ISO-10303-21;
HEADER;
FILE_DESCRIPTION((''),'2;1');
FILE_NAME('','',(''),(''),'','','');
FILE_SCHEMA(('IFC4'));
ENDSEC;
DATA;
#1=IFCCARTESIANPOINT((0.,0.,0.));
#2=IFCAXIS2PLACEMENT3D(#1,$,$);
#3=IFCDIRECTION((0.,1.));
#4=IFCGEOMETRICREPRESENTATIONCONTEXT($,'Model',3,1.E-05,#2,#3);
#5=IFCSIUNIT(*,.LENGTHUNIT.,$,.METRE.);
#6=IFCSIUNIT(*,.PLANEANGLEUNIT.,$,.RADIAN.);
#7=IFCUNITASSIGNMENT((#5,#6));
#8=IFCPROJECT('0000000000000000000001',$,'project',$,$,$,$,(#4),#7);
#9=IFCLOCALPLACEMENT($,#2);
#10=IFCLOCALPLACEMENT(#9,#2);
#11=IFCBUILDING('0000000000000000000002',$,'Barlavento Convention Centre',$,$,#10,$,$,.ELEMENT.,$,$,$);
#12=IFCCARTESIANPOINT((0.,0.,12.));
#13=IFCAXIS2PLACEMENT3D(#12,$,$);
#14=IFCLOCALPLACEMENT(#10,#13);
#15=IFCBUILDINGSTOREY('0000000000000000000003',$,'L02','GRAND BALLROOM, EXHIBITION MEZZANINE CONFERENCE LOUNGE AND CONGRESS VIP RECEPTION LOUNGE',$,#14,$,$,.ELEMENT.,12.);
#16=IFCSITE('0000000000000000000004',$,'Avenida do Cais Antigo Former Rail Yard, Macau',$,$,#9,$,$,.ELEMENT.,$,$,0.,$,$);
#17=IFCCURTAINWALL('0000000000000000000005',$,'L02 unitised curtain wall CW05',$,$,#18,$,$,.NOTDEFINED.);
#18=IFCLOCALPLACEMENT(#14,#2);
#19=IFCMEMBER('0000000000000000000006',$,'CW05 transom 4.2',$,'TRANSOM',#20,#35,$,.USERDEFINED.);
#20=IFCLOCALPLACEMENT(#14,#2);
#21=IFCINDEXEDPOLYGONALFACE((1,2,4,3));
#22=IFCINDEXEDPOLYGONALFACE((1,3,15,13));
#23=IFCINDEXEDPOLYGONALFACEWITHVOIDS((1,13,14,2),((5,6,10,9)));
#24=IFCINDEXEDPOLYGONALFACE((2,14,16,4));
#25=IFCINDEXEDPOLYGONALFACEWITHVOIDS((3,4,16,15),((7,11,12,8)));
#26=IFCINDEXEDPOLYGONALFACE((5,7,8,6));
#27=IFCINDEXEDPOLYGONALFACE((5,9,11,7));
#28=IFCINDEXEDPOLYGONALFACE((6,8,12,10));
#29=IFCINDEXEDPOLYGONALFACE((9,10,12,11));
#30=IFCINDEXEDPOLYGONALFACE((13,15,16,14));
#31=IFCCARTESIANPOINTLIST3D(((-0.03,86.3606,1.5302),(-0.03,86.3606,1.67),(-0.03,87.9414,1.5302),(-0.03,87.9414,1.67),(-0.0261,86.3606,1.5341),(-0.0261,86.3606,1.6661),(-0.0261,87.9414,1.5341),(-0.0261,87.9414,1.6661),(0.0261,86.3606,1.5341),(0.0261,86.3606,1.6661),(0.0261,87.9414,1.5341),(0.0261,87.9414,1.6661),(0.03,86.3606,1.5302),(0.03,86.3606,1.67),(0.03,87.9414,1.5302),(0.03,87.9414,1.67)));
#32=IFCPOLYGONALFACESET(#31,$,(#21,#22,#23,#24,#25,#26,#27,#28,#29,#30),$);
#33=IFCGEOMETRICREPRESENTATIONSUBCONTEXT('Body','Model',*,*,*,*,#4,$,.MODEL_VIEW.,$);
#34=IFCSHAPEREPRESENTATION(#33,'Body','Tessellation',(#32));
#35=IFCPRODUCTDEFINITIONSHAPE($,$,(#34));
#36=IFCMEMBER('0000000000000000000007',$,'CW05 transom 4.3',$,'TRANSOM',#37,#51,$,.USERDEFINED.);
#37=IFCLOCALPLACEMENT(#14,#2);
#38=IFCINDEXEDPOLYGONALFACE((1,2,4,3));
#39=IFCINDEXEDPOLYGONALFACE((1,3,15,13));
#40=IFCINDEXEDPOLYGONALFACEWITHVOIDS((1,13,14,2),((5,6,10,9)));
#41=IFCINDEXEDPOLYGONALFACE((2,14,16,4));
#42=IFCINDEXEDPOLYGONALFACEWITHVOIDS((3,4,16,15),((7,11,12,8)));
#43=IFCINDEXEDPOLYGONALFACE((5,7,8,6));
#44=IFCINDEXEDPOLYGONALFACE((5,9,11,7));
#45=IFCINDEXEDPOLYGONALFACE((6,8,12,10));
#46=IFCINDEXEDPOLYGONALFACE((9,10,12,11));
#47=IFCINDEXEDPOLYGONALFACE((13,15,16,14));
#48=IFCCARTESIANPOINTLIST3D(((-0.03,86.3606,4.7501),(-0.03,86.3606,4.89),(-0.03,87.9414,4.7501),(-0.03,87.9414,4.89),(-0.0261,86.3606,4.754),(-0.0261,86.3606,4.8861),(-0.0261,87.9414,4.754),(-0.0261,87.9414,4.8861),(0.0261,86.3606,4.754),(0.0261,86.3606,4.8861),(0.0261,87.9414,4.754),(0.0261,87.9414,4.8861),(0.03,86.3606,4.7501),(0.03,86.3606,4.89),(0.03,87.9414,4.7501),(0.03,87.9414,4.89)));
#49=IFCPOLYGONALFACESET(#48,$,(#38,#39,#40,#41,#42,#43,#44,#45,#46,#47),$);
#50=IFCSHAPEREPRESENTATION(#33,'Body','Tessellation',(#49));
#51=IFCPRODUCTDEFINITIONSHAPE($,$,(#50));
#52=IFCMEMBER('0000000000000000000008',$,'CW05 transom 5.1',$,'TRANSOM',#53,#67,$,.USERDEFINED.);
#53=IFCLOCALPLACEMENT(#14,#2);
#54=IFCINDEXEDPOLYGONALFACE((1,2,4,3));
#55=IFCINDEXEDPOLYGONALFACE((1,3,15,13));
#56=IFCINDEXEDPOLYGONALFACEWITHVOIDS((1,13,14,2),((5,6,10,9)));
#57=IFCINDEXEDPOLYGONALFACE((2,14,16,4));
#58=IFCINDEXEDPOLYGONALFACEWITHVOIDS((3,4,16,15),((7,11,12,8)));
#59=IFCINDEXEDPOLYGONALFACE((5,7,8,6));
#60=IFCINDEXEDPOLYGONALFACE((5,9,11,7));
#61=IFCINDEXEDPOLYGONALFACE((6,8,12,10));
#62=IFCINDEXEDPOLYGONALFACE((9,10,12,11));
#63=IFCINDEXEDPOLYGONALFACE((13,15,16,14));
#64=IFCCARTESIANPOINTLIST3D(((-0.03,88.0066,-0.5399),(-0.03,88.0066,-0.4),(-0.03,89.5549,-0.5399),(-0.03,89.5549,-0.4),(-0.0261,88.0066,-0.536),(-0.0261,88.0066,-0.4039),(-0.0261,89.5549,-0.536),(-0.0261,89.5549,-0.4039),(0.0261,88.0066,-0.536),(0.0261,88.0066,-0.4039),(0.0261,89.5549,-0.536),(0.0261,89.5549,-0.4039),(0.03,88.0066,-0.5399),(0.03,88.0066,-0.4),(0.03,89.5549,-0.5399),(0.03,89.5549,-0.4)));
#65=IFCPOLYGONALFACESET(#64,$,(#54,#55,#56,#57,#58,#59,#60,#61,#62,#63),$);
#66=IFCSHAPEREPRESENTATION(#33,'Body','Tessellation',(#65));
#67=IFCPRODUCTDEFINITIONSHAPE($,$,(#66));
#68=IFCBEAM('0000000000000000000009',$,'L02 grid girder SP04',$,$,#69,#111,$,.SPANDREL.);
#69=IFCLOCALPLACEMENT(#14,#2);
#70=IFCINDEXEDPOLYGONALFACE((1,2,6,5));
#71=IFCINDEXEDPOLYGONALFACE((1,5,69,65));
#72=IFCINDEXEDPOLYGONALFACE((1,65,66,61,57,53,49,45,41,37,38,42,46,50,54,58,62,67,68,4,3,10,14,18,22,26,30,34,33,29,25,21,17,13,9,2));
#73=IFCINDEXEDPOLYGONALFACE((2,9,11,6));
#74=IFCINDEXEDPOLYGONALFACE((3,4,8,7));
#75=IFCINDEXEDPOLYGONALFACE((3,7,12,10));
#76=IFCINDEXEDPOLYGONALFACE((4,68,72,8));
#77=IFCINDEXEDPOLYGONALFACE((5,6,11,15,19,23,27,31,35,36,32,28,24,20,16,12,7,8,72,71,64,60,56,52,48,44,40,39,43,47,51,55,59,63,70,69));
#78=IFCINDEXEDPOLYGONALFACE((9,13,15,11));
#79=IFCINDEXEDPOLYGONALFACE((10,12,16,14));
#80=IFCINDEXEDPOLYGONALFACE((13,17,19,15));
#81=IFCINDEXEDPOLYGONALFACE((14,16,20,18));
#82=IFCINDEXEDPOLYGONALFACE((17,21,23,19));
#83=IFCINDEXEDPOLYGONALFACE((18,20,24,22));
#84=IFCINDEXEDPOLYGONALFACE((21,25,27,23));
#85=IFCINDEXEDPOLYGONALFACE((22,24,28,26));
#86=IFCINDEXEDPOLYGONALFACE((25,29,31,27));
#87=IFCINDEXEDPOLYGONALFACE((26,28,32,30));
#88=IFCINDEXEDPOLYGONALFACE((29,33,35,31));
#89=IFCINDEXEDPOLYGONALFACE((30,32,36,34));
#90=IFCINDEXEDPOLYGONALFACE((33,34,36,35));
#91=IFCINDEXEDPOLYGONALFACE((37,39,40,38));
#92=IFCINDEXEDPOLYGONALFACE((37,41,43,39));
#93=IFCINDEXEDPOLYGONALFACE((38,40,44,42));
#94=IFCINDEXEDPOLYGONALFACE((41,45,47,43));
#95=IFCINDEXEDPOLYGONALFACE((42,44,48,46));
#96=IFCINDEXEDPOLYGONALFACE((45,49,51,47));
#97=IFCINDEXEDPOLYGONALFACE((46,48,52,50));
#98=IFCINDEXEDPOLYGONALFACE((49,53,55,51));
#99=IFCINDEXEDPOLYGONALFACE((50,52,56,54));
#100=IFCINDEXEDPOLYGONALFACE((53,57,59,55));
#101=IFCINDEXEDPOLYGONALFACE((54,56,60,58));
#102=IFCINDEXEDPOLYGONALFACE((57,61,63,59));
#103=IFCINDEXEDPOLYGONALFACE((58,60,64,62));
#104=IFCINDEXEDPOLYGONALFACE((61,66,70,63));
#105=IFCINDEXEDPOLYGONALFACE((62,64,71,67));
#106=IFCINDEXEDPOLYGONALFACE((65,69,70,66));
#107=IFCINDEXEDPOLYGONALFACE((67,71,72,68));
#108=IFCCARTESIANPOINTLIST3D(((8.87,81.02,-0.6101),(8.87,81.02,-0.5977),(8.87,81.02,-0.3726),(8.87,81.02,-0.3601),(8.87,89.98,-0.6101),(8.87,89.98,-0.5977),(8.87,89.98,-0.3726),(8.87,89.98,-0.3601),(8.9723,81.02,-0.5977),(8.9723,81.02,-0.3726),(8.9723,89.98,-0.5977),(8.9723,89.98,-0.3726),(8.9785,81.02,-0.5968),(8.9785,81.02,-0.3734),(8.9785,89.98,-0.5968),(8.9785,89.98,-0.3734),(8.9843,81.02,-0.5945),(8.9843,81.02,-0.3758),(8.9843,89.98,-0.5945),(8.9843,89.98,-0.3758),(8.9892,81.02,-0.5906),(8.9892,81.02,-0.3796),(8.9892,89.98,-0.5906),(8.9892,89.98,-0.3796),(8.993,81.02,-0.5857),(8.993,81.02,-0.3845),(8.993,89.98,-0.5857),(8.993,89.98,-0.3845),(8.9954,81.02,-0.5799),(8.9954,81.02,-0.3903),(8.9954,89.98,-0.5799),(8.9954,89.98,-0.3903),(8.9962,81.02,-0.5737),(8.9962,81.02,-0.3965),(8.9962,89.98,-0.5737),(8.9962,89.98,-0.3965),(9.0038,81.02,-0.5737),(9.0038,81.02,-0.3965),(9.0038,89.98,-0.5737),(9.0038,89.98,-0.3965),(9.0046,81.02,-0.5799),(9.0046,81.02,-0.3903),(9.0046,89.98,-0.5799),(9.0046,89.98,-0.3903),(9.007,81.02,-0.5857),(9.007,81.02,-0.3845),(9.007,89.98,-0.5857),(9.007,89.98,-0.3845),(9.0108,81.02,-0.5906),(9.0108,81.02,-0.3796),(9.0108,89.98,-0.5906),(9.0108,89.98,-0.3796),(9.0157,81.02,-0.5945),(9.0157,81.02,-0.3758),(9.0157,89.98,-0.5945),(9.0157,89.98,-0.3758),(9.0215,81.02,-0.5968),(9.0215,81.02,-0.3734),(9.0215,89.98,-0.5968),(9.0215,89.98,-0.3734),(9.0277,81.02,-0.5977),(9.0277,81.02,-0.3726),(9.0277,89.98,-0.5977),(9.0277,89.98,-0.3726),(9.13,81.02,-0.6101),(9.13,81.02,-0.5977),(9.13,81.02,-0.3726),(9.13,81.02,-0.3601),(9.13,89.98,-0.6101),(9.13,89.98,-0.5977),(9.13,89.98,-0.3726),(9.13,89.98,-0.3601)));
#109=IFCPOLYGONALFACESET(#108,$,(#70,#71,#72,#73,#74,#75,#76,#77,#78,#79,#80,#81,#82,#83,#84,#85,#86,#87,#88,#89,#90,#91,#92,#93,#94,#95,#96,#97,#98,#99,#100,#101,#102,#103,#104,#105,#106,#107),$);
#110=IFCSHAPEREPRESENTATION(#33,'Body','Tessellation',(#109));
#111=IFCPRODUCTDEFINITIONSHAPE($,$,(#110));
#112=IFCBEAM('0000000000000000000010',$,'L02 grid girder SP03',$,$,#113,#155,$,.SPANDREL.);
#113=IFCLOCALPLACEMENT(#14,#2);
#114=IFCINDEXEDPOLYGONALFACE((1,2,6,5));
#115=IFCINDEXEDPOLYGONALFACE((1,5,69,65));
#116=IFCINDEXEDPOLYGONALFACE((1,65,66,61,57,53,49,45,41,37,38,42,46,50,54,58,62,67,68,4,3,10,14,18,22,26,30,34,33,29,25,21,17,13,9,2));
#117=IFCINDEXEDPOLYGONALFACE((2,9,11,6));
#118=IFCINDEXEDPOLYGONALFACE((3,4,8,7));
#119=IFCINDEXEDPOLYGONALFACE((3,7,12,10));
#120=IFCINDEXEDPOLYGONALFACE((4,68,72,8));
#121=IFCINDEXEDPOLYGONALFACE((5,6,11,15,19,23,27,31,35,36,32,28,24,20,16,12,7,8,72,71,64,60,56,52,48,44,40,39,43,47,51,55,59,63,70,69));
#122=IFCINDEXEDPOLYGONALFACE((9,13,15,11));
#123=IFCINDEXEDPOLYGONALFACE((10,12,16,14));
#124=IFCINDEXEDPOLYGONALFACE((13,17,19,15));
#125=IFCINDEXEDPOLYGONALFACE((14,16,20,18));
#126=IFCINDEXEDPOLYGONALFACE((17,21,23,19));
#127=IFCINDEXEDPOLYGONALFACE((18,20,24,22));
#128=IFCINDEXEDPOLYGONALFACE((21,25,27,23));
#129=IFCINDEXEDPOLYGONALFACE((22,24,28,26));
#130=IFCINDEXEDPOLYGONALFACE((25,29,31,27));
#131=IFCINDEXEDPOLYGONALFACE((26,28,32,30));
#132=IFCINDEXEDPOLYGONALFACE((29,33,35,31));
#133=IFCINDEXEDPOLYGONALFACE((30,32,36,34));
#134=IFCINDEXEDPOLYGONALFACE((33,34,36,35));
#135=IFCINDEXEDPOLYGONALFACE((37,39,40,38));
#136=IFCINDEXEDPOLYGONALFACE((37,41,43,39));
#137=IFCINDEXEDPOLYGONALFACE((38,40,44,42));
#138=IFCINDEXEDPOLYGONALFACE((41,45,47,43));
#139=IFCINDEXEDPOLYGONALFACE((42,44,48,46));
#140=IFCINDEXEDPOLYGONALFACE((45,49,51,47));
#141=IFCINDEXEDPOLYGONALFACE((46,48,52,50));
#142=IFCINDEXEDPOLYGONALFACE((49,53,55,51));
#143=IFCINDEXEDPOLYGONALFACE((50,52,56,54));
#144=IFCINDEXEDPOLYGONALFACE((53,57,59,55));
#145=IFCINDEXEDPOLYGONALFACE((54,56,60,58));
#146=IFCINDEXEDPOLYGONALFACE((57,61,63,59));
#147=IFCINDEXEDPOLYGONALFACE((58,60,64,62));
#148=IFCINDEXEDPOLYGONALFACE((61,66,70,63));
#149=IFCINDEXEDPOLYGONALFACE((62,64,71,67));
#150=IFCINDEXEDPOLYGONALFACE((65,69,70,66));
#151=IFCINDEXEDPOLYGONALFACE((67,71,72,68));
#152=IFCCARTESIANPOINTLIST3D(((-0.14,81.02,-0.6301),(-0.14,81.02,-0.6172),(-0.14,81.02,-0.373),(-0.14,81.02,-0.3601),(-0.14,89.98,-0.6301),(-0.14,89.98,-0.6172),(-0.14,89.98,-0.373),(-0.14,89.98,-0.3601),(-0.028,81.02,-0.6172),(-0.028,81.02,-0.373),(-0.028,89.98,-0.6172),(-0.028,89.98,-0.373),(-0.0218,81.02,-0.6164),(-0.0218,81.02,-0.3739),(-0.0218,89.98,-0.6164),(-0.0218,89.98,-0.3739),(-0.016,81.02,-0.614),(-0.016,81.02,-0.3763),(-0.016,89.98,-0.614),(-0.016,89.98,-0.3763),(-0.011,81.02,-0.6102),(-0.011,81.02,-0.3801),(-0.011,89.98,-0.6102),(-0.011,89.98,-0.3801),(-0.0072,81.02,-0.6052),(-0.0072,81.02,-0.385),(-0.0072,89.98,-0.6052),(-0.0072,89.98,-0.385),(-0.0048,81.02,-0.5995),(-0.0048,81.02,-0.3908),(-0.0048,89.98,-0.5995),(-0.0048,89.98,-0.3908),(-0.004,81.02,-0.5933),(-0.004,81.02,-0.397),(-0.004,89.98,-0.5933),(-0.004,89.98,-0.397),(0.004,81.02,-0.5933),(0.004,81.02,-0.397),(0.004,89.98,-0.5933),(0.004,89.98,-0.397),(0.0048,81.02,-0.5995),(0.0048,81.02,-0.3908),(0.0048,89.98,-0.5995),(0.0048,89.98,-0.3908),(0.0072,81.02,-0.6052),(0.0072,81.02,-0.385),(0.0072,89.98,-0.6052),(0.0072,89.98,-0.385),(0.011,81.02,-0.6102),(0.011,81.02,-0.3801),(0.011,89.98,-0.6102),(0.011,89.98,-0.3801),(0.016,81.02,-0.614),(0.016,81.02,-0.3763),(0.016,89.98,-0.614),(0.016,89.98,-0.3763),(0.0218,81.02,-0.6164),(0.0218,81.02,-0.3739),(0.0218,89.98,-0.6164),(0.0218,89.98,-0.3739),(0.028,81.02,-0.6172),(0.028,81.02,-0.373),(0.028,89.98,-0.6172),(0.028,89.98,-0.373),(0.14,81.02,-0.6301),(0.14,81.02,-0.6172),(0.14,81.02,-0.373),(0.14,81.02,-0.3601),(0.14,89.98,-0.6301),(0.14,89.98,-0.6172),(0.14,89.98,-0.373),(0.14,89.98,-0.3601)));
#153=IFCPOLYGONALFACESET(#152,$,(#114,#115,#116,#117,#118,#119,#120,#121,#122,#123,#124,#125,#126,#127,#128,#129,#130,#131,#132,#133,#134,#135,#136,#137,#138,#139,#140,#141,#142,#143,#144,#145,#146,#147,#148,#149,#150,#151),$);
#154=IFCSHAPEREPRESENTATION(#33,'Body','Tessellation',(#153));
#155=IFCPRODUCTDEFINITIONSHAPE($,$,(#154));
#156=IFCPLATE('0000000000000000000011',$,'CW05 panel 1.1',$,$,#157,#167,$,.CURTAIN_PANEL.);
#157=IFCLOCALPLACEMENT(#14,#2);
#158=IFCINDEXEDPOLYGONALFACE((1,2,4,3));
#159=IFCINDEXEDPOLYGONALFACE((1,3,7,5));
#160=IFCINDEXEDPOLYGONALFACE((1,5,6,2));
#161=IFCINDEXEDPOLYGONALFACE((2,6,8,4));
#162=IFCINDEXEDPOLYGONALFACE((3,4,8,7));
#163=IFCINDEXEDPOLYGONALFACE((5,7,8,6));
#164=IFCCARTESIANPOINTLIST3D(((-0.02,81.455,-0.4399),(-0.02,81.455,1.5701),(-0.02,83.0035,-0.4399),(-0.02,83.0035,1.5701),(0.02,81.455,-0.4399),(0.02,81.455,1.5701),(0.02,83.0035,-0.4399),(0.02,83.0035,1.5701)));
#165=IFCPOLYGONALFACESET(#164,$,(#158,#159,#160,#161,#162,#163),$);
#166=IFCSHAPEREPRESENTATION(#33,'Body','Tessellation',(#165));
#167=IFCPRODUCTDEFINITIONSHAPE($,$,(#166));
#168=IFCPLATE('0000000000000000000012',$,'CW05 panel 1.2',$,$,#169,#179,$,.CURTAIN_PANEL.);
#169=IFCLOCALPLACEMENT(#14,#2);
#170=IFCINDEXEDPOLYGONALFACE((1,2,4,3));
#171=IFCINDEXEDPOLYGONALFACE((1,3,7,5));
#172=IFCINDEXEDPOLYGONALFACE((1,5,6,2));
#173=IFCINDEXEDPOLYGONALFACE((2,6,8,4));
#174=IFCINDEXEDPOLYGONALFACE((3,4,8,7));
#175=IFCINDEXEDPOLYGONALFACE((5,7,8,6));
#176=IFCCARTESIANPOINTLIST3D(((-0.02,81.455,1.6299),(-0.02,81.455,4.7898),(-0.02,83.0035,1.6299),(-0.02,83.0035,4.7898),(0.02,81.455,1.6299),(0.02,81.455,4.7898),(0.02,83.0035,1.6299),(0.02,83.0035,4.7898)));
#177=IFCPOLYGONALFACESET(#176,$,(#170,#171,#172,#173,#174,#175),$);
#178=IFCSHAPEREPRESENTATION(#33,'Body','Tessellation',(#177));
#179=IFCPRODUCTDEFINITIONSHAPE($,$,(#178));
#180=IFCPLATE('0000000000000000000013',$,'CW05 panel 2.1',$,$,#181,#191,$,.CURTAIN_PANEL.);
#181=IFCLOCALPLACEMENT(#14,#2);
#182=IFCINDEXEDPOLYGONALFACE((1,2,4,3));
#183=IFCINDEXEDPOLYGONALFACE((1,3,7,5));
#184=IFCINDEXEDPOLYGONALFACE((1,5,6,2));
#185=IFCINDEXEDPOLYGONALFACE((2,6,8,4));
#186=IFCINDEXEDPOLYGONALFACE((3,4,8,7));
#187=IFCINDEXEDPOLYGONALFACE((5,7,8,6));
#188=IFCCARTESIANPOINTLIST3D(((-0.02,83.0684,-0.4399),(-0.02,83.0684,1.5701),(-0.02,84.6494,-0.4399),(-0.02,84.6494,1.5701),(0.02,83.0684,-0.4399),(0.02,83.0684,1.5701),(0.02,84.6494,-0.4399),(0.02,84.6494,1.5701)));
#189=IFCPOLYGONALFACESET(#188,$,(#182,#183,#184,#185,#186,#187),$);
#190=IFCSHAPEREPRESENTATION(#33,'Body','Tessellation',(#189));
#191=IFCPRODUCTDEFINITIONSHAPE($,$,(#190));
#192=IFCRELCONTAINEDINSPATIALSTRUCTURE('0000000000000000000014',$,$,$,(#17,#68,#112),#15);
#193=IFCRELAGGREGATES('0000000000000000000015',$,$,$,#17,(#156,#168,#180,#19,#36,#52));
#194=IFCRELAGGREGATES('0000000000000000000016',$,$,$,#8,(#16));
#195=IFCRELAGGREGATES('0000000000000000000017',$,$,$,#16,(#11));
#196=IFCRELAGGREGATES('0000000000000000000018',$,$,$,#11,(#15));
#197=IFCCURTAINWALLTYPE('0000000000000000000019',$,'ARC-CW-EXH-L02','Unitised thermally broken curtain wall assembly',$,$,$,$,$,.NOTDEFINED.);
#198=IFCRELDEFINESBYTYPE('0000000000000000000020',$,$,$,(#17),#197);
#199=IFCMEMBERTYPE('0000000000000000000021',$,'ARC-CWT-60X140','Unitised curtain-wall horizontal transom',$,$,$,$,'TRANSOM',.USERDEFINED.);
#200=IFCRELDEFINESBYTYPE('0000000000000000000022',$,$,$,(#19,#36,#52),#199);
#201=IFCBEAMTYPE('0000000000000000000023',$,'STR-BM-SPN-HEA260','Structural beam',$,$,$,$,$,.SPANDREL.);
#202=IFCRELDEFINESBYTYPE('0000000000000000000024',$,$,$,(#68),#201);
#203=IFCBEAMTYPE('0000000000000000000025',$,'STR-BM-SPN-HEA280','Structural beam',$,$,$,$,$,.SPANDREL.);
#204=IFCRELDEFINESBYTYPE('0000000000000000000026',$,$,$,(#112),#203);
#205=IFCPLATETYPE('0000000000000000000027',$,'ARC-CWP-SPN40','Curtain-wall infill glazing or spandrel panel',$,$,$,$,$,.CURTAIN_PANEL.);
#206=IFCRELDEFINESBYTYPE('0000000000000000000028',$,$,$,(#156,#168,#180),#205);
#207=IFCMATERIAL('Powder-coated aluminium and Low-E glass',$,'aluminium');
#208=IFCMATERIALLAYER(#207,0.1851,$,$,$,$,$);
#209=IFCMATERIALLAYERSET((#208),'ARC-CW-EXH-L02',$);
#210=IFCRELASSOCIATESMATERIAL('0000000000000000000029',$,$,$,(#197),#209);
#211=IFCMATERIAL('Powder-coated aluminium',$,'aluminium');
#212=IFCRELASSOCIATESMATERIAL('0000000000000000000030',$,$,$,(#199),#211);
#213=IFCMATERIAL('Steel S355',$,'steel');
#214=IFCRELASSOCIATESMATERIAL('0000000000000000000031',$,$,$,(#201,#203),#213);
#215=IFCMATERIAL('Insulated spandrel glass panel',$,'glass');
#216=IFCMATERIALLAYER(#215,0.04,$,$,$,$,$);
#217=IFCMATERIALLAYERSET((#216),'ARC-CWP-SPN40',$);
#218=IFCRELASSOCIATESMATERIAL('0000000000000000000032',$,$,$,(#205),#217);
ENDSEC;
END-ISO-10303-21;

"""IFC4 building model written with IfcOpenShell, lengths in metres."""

from ifc_helpers import new_model, si_unit, direction, frame, origin, origin_2d, place, context, subcontext, project, spatial, rectangle, hollow_rectangle, i_section, extrude, material, layer, layer_set, material_profile, profile_set, type_object, element, aggregate, save


model = new_model("IFC4")

# Units and contexts
model_context = context("Model", 3, precision=1e-05, world=origin(), true_north=direction((0.0, 1.0)))
body_context = subcontext(model_context, "Body", "Model", "MODEL_VIEW")
ifc_project = project(units=[si_unit("LENGTHUNIT", "METRE"), si_unit("PLANEANGLEUNIT", "RADIAN")], contexts=[model_context])

# Site, building, storey
site_placement = place(None, origin())
site = spatial("IfcSite", under=ifc_project, at=site_placement, Name="Avenida do Cais Antigo Former Rail Yard, Macau", CompositionType="ELEMENT", RefElevation=0.0)
building_placement = place(site_placement, origin())
building = spatial("IfcBuilding", under=site, at=building_placement, Name="Barlavento Convention Centre", CompositionType="ELEMENT")
storey_placement = place(building_placement, frame((0.0, 0.0, 12.0)))
storey = spatial("IfcBuildingStorey", under=building, at=storey_placement, Name="L02", Description="GRAND BALLROOM, EXHIBITION MEZZANINE CONFERENCE LOUNGE AND CONGRESS VIP RECEPTION LOUNGE", CompositionType="ELEMENT", Elevation=12.0)

# Shared definitions
ifc_material_1 = material(Name="Steel S355", Category="steel")

# Shared definitions
ifc_material_2 = material(Name="Powder-coated aluminium and Low-E glass", Category="aluminium")
ifc_layer_1 = layer(ifc_material_2, 0.1851)
ifc_layer_set_1 = layer_set([ifc_layer_1], Name="ARC-CW-EXH-L02")
curtain_wall_type = type_object("IfcCurtainWallType", Name="ARC-CW-EXH-L02", Description="Unitised thermally broken curtain wall assembly", PredefinedType="NOTDEFINED", material=ifc_layer_set_1)
ifc_material_3 = material(Name="Powder-coated aluminium", Category="aluminium")

# Curtain wall, members
curtain_wall_1_placement = place(storey_placement, origin())
curtain_wall_1 = element("IfcCurtainWall", 1, at=curtain_wall_1_placement, inside=storey, type_object=curtain_wall_type, Name="L02 unitised curtain wall CW05", PredefinedType="NOTDEFINED")
ifc_material_profile_1 = material_profile(ifc_material_3, hollow_rectangle(XDim=0.0601, YDim=0.1399, WallThickness=0.0039, at=origin_2d()), Name="AL-TRAN 60x140x4")
ifc_profile_set_1 = profile_set([ifc_material_profile_1], Name="Powder-coated aluminium")
member_type_1 = type_object("IfcMemberType", Name="ARC-CWT-60X140", Description="Unitised curtain-wall horizontal transom", ElementType="TRANSOM", PredefinedType="USERDEFINED", material=ifc_profile_set_1)
member_1_placement = place(storey_placement, frame((0.0, 86.3606, 1.6001), z_axis=(0.0, 1.0, 0.0), x_axis=(-1.0, 0.0, 0.0)))
member_1 = element("IfcMember", 2, at=member_1_placement, type_object=member_type_1, Name="CW05 transom 4.2", ObjectType="TRANSOM", PredefinedType="USERDEFINED", context=body_context, shape_type="SweptSolid", body=[
    extrude(hollow_rectangle(XDim=0.0601, YDim=0.1399, WallThickness=0.0039, at=origin_2d()), origin(), (0.0, 0.0, 1.0), 1.5808),
])
member_2_placement = place(storey_placement, frame((0.0, 86.3606, 4.8201), z_axis=(0.0, 1.0, 0.0), x_axis=(-1.0, 0.0, 0.0)))
member_2 = element("IfcMember", 3, at=member_2_placement, type_object=member_type_1, Name="CW05 transom 4.3", ObjectType="TRANSOM", PredefinedType="USERDEFINED", context=body_context, shape_type="SweptSolid", body=[
    extrude(hollow_rectangle(XDim=0.0601, YDim=0.1399, WallThickness=0.0039, at=origin_2d()), origin(), (0.0, 0.0, 1.0), 1.5808),
])
member_3_placement = place(storey_placement, frame((0.0, 88.0066, -0.47), z_axis=(0.0, 1.0, 0.0), x_axis=(-1.0, 0.0, 0.0)))
member_3 = element("IfcMember", 4, at=member_3_placement, type_object=member_type_1, Name="CW05 transom 5.1", ObjectType="TRANSOM", PredefinedType="USERDEFINED", context=body_context, shape_type="SweptSolid", body=[
    extrude(hollow_rectangle(XDim=0.0601, YDim=0.1399, WallThickness=0.0039, at=origin_2d()), origin(), (0.0, 0.0, 1.0), 1.5483),
])

# Beams
ifc_material_profile_2 = material_profile(ifc_material_1, i_section(OverallWidth=0.26, OverallDepth=0.25, WebThickness=0.0076, FlangeThickness=0.0125, FilletRadius=0.0239, at=origin_2d()), Name="HEA 260")
ifc_profile_set_2 = profile_set([ifc_material_profile_2], Name="Steel S355")
beam_type_1 = type_object("IfcBeamType", Name="STR-BM-SPN-HEA260", Description="Structural beam", PredefinedType="SPANDREL", material=ifc_profile_set_2)
beam_1_placement = place(storey_placement, frame((9.0, 81.02, -0.4851), z_axis=(0.0, 1.0, 0.0), x_axis=(-1.0, 0.0, 0.0)))
element("IfcBeam", 5, at=beam_1_placement, inside=storey, type_object=beam_type_1, Name="L02 grid girder SP04", PredefinedType="SPANDREL", context=body_context, shape_type="SweptSolid", body=[
    extrude(i_section(OverallWidth=0.26, OverallDepth=0.25, WebThickness=0.0076, FlangeThickness=0.0125, FilletRadius=0.0239, at=origin_2d()), origin(), (0.0, 0.0, 1.0), 8.96),
])
ifc_material_profile_3 = material_profile(ifc_material_1, i_section(OverallWidth=0.28, OverallDepth=0.27, WebThickness=0.0081, FlangeThickness=0.0129, FilletRadius=0.0239, at=origin_2d()), Name="HEA 280")
ifc_profile_set_3 = profile_set([ifc_material_profile_3], Name="Steel S355")
beam_type_2 = type_object("IfcBeamType", Name="STR-BM-SPN-HEA280", Description="Structural beam", PredefinedType="SPANDREL", material=ifc_profile_set_3)
beam_2_placement = place(storey_placement, frame((0.0, 81.02, -0.4951), z_axis=(0.0, 1.0, 0.0), x_axis=(-1.0, 0.0, 0.0)))
element("IfcBeam", 6, at=beam_2_placement, inside=storey, type_object=beam_type_2, Name="L02 grid girder SP03", PredefinedType="SPANDREL", context=body_context, shape_type="SweptSolid", body=[
    extrude(i_section(OverallWidth=0.28, OverallDepth=0.27, WebThickness=0.0081, FlangeThickness=0.0129, FilletRadius=0.0239, at=origin_2d()), origin(), (0.0, 0.0, 1.0), 8.96),
])

# Plates
ifc_material_4 = material(Name="Insulated spandrel glass panel", Category="glass")
ifc_layer_2 = layer(ifc_material_4, 0.04)
ifc_layer_set_2 = layer_set([ifc_layer_2], Name="ARC-CWP-SPN40")
plate_type = type_object("IfcPlateType", Name="ARC-CWP-SPN40", Description="Curtain-wall infill glazing or spandrel panel", PredefinedType="CURTAIN_PANEL", material=ifc_layer_set_2)
plate_1_placement = place(storey_placement, frame((0.0, 82.2292, -0.4399), z_axis=(0.0, 0.0, 1.0), x_axis=(0.0, 1.0, 0.0)))
plate_1 = element("IfcPlate", 7, at=plate_1_placement, type_object=plate_type, Name="CW05 panel 1.1", PredefinedType="CURTAIN_PANEL", context=body_context, shape_type="SweptSolid", body=[
    extrude(rectangle(XDim=1.5486, YDim=0.04, at=origin_2d()), origin(), (0.0, 0.0, 1.0), 2.01),
])
plate_2_placement = place(storey_placement, frame((0.0, 82.2292, 1.6299), z_axis=(0.0, 0.0, 1.0), x_axis=(0.0, 1.0, 0.0)))
plate_2 = element("IfcPlate", 8, at=plate_2_placement, type_object=plate_type, Name="CW05 panel 1.2", PredefinedType="CURTAIN_PANEL", context=body_context, shape_type="SweptSolid", body=[
    extrude(rectangle(XDim=1.5486, YDim=0.04, at=origin_2d()), origin(), (0.0, 0.0, 1.0), 3.1599),
])
plate_3_placement = place(storey_placement, frame((0.0, 83.8589, -0.4399), z_axis=(0.0, 0.0, 1.0), x_axis=(0.0, 1.0, 0.0)))
plate_3 = element("IfcPlate", 9, at=plate_3_placement, type_object=plate_type, Name="CW05 panel 2.1", PredefinedType="CURTAIN_PANEL", context=body_context, shape_type="SweptSolid", body=[
    extrude(rectangle(XDim=1.5811, YDim=0.04, at=origin_2d()), origin(), (0.0, 0.0, 1.0), 2.01),
])
aggregate(curtain_wall_1, [plate_1, plate_2, plate_3, member_1, member_2, member_3])

save(model, "model.ifc")
